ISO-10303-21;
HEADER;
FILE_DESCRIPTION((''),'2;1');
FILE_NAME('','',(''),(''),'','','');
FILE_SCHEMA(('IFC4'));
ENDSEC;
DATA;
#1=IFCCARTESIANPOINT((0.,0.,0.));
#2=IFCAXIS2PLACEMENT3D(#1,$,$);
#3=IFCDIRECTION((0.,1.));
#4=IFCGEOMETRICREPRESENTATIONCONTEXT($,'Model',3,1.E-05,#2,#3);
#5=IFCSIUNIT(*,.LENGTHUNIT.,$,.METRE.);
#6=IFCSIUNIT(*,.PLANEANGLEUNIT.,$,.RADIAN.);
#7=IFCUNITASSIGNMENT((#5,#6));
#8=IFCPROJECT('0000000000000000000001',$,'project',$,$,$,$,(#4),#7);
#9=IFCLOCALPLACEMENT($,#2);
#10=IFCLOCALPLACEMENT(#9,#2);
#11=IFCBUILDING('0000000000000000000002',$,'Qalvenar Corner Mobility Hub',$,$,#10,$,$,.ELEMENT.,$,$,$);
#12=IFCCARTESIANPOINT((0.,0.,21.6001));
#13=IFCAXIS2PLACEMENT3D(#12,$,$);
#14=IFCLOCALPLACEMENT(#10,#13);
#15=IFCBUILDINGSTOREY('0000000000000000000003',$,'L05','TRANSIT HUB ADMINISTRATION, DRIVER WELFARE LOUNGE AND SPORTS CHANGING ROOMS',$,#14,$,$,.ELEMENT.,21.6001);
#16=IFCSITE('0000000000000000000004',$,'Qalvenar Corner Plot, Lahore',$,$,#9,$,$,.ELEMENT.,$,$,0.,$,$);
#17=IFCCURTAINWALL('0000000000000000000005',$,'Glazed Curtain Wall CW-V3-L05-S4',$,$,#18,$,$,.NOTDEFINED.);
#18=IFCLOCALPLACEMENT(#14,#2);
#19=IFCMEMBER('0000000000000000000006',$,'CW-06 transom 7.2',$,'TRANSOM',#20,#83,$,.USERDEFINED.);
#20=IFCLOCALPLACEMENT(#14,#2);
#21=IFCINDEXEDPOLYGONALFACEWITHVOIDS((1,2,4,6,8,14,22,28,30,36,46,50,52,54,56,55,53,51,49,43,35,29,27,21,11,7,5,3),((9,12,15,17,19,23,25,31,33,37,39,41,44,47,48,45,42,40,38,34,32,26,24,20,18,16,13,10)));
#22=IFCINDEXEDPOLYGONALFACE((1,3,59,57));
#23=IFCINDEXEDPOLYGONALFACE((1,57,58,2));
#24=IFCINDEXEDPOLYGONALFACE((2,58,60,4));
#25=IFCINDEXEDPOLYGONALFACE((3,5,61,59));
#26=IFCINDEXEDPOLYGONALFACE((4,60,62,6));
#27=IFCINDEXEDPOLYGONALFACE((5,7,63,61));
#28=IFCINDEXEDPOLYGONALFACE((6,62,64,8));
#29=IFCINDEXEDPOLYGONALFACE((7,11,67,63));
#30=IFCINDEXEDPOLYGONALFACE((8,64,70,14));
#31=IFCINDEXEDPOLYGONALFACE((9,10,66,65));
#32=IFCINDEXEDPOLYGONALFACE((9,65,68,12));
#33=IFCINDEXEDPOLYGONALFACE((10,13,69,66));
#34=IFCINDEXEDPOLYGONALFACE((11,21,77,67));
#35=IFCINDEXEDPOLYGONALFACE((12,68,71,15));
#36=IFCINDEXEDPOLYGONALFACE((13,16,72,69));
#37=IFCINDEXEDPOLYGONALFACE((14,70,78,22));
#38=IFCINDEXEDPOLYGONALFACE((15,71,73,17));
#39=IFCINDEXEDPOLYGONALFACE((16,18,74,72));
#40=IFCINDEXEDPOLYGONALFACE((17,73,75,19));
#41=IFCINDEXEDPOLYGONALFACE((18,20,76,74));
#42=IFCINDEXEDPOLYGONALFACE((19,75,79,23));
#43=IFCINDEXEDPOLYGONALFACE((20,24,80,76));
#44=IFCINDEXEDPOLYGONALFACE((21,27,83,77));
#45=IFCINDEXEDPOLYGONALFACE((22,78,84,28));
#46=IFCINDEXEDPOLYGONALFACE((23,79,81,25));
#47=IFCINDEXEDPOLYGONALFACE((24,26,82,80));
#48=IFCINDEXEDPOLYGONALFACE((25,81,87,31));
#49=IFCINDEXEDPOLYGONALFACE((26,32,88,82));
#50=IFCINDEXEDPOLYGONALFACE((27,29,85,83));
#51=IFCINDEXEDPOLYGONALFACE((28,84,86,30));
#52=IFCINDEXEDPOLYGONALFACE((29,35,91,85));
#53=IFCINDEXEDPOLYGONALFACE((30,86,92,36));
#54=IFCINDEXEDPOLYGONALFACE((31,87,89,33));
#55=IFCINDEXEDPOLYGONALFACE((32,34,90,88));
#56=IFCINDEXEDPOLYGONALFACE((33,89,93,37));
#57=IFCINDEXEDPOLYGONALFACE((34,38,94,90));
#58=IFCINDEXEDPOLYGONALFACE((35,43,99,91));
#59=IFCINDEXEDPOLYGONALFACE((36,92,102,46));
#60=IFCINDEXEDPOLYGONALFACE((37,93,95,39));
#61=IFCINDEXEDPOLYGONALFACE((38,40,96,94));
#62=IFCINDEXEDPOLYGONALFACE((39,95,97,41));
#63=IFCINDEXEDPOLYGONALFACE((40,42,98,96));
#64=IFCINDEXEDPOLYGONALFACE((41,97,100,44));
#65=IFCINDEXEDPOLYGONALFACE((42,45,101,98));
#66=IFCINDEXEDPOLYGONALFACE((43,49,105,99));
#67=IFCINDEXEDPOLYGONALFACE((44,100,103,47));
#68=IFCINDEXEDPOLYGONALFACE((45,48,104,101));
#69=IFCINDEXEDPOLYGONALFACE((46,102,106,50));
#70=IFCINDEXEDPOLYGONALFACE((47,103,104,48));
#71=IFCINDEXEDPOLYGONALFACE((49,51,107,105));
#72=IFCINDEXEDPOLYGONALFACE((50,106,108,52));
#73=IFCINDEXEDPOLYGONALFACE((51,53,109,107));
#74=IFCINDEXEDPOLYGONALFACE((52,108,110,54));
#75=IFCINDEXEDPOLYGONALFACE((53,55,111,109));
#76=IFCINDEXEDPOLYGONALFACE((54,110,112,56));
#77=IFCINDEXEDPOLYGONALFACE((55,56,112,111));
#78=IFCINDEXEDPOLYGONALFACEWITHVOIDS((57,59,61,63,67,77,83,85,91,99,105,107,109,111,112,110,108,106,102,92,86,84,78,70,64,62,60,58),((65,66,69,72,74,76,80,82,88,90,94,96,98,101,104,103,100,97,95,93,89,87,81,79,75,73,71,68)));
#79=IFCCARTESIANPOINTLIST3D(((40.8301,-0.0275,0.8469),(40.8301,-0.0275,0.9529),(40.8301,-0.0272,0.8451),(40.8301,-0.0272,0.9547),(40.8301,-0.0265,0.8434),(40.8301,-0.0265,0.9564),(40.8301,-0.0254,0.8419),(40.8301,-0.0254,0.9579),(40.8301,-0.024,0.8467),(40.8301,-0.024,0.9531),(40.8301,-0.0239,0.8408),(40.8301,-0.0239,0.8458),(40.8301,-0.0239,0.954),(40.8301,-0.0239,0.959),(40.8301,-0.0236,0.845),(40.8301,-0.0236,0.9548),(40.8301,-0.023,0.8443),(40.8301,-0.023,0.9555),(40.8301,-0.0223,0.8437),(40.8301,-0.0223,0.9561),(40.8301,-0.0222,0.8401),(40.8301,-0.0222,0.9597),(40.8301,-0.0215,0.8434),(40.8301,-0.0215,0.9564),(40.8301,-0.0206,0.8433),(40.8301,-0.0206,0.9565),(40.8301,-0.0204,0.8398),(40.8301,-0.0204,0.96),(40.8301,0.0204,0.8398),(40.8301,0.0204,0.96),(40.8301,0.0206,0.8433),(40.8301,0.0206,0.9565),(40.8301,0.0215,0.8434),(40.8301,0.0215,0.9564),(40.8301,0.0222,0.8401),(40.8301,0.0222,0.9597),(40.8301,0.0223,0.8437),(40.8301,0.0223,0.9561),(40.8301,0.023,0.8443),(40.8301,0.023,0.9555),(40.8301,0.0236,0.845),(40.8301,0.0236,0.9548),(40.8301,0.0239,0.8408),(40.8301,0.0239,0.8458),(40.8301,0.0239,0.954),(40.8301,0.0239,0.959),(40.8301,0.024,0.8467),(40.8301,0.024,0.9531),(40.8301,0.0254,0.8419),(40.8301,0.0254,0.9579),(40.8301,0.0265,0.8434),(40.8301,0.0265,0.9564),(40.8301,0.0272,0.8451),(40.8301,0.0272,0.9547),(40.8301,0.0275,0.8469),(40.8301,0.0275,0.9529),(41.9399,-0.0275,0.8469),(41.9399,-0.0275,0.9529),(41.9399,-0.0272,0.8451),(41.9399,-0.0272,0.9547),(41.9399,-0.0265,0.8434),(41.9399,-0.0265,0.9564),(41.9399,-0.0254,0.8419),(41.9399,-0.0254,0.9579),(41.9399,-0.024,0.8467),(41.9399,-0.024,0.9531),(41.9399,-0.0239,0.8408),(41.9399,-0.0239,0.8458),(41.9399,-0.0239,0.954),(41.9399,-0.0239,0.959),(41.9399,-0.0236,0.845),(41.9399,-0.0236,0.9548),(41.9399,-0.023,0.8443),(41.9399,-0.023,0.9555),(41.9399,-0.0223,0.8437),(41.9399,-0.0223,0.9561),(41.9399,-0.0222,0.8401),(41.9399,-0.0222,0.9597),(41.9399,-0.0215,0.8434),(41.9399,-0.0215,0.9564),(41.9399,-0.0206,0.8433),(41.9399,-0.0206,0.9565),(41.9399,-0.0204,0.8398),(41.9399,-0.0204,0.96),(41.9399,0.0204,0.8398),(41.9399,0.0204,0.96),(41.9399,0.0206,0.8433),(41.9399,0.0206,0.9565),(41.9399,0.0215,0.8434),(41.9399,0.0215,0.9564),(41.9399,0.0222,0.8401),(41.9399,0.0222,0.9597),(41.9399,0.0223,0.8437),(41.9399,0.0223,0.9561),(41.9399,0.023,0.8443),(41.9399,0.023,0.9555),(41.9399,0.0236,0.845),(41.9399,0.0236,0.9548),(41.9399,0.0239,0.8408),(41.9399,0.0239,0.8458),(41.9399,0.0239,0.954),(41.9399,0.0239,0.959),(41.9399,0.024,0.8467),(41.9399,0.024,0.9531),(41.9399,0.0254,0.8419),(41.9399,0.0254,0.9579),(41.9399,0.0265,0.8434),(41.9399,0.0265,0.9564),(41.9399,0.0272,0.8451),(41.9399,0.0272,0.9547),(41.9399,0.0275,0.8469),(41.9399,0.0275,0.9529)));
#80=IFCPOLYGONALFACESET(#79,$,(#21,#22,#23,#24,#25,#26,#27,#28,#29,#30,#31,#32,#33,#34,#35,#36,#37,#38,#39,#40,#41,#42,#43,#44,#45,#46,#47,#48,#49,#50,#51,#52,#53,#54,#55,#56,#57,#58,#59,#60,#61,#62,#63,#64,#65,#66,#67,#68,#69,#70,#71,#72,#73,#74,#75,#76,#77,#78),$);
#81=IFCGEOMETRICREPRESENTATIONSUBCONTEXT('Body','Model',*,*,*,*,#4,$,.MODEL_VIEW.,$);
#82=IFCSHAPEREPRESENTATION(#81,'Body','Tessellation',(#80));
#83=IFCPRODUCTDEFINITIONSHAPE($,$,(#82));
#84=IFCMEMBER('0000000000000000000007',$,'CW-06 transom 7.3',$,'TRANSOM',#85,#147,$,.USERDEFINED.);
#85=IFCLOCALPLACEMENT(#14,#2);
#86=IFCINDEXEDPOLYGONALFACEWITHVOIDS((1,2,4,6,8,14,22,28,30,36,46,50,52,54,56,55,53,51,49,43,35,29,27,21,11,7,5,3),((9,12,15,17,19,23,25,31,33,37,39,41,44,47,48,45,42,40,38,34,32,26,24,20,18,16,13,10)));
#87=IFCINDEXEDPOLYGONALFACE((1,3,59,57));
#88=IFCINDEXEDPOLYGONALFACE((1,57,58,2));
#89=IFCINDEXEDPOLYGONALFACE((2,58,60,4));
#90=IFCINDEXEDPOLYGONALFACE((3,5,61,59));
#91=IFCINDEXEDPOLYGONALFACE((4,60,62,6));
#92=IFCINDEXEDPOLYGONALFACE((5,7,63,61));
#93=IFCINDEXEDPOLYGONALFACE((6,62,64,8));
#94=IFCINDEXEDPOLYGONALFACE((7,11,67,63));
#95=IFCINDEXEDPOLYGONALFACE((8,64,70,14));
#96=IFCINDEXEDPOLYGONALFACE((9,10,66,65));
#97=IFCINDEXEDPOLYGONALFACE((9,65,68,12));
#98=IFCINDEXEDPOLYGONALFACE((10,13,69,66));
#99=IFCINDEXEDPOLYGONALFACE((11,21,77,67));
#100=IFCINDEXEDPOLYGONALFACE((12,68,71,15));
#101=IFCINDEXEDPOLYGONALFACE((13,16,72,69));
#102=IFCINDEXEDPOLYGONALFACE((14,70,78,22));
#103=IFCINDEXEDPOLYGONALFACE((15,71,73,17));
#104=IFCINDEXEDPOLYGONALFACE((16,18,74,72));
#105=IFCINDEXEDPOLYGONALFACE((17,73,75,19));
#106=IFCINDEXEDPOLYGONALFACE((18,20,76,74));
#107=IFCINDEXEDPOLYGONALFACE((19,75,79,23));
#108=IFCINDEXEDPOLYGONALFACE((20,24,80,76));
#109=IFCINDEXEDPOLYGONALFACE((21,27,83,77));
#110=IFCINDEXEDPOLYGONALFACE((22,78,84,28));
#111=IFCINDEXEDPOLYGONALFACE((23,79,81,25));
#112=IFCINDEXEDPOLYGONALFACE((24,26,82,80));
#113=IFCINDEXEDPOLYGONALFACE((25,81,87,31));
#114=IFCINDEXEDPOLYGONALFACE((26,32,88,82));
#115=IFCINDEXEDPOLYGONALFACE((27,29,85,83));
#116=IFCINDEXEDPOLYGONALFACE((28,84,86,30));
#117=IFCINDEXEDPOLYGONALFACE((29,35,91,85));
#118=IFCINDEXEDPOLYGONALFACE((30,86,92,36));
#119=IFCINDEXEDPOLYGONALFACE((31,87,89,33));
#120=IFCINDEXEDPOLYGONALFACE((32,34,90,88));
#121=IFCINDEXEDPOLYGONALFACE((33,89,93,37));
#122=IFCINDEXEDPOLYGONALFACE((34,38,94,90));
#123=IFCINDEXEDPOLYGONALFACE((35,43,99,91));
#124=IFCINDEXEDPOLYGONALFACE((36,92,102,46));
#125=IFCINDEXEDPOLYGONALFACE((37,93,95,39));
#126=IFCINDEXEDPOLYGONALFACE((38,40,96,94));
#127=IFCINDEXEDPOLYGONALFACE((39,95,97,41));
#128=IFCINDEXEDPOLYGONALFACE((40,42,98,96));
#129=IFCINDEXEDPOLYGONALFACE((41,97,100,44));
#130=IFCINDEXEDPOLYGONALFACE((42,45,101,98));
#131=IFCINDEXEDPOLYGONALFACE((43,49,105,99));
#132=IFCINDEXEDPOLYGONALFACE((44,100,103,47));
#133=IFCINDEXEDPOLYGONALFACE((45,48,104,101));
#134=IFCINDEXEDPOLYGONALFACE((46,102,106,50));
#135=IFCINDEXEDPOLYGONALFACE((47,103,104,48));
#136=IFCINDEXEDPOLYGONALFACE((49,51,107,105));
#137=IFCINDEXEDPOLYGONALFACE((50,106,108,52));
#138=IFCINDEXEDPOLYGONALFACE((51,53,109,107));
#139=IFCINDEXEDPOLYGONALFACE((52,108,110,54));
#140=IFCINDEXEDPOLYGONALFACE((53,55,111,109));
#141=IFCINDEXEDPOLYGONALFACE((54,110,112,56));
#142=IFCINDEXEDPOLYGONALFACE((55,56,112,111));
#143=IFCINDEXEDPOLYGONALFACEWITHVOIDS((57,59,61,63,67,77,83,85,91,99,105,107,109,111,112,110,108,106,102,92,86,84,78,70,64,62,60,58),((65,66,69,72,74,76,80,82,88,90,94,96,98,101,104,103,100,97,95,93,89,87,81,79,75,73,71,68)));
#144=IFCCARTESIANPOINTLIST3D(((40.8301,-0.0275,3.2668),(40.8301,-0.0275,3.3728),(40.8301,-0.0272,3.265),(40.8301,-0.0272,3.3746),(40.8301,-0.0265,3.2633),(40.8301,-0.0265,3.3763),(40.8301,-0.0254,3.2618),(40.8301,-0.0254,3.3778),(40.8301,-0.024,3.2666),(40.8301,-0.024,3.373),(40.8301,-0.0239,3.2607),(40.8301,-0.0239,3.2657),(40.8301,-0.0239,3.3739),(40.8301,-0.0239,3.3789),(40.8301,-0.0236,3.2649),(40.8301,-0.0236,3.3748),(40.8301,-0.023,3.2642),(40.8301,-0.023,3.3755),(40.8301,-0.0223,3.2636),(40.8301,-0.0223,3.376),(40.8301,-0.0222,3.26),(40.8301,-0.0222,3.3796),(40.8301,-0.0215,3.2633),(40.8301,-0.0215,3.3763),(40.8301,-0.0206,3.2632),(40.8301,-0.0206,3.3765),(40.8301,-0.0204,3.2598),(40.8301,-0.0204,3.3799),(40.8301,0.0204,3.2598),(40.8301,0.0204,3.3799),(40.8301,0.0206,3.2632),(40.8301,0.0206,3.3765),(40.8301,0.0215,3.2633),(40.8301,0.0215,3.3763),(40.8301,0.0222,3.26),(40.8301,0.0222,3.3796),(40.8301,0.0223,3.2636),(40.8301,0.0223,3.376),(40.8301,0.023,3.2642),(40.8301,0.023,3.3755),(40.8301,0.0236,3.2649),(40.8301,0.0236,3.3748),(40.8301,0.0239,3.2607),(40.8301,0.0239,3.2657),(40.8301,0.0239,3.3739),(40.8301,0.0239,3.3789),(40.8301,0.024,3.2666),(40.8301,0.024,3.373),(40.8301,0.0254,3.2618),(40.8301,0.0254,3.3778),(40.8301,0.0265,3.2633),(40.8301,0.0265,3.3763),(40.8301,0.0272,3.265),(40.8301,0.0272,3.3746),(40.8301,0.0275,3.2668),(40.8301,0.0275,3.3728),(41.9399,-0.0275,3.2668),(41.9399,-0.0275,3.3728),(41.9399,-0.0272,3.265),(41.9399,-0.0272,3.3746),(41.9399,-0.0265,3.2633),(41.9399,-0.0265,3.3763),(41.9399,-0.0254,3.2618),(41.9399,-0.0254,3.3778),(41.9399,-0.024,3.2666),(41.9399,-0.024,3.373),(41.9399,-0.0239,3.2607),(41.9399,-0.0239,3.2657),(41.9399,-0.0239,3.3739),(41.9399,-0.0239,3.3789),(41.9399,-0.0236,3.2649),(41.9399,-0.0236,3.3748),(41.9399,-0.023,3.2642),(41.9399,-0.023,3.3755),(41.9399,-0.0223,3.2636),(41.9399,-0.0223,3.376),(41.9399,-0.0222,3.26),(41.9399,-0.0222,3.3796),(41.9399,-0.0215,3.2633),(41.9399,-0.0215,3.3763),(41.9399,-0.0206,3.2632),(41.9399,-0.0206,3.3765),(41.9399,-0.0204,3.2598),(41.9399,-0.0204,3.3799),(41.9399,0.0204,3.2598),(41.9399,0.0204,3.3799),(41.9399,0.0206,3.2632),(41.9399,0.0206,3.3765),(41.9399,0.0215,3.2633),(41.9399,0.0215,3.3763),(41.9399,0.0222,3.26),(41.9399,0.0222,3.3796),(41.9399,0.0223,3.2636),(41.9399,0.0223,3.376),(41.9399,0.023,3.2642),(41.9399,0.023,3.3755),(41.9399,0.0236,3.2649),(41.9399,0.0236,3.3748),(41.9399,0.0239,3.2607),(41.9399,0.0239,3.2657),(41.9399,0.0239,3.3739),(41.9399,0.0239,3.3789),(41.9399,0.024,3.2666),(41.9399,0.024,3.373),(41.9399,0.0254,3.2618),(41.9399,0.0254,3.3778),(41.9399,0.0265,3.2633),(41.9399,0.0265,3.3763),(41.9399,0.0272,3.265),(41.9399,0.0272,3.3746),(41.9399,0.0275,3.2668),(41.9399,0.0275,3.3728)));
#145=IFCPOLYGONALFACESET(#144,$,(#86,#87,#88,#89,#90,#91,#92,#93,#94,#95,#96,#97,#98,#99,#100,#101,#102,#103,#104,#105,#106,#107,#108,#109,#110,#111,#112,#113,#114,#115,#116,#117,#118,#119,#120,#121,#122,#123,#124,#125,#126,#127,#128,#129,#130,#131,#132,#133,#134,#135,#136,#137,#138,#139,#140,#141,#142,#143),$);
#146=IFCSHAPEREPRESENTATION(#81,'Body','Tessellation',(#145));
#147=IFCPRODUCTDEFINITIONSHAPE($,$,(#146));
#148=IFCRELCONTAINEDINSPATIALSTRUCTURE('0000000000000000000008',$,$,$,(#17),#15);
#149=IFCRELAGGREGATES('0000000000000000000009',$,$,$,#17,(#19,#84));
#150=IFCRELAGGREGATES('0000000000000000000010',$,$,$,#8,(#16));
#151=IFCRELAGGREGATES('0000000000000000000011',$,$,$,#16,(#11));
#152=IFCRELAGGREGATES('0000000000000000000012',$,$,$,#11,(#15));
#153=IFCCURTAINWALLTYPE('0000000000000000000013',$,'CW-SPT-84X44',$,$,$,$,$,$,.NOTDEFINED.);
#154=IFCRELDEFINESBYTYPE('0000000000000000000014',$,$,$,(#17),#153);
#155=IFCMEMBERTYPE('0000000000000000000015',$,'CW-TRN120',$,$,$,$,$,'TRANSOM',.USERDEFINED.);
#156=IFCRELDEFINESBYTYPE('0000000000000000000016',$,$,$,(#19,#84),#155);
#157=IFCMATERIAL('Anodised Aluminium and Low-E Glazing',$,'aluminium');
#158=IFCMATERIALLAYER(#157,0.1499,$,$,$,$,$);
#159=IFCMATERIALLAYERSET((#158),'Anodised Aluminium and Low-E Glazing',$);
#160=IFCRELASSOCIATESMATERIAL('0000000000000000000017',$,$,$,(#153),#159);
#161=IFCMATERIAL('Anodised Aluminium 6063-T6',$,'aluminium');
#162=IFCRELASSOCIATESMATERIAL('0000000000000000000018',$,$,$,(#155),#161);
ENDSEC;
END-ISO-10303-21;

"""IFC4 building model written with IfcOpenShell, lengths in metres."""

from ifc_helpers import new_model, si_unit, direction, frame, origin, origin_2d, place, context, subcontext, project, spatial, hollow_rectangle, extrude, material, layer, layer_set, material_profile, profile_set, type_object, element, aggregate, save


model = new_model("IFC4")

# Units and contexts
model_context = context("Model", 3, precision=1e-05, world=origin(), true_north=direction((0.0, 1.0)))
body_context = subcontext(model_context, "Body", "Model", "MODEL_VIEW")
ifc_project = project(units=[si_unit("LENGTHUNIT", "METRE"), si_unit("PLANEANGLEUNIT", "RADIAN")], contexts=[model_context])

# Site, building, storey
site_placement = place(None, origin())
site = spatial("IfcSite", under=ifc_project, at=site_placement, Name="Qalvenar Corner Plot, Lahore", CompositionType="ELEMENT", RefElevation=0.0)
building_placement = place(site_placement, origin())
building = spatial("IfcBuilding", under=site, at=building_placement, Name="Qalvenar Corner Mobility Hub", CompositionType="ELEMENT")
storey_placement = place(building_placement, frame((0.0, 0.0, 21.6001)))
storey = spatial("IfcBuildingStorey", under=building, at=storey_placement, Name="L05", Description="TRANSIT HUB ADMINISTRATION, DRIVER WELFARE LOUNGE AND SPORTS CHANGING ROOMS", CompositionType="ELEMENT", Elevation=21.6001)

# Curtain wall, members
ifc_material_1 = material(Name="Anodised Aluminium and Low-E Glazing", Category="aluminium")
ifc_layer_1 = layer(ifc_material_1, 0.1499)
ifc_layer_set_1 = layer_set([ifc_layer_1], Name="Anodised Aluminium and Low-E Glazing")
curtain_wall_type = type_object("IfcCurtainWallType", Name="CW-SPT-84X44", PredefinedType="NOTDEFINED", material=ifc_layer_set_1)
curtain_wall_placement = place(storey_placement, origin())
curtain_wall = element("IfcCurtainWall", 1, at=curtain_wall_placement, inside=storey, type_object=curtain_wall_type, Name="Glazed Curtain Wall CW-V3-L05-S4", PredefinedType="NOTDEFINED")
ifc_material_2 = material(Name="Anodised Aluminium 6063-T6", Category="aluminium")
ifc_material_profile_1 = material_profile(ifc_material_2, hollow_rectangle(XDim=0.0549, YDim=0.1201, WallThickness=0.0034, InnerFilletRadius=0.0034, OuterFilletRadius=0.0071, at=origin_2d()), Name="RHS120x55x3.5")
ifc_profile_set_1 = profile_set([ifc_material_profile_1], Name="Anodised Aluminium 6063-T6")
member_type_1 = type_object("IfcMemberType", Name="CW-TRN120", ElementType="TRANSOM", PredefinedType="USERDEFINED", material=ifc_profile_set_1)
member_1_placement = place(storey_placement, frame((40.8301, 0.0, 0.8999), z_axis=(1.0, 0.0, 0.0), x_axis=(0.0, 1.0, 0.0)))
member_1 = element("IfcMember", 2, at=member_1_placement, type_object=member_type_1, Name="CW-06 transom 7.2", ObjectType="TRANSOM", PredefinedType="USERDEFINED", context=body_context, shape_type="SweptSolid", body=[
    extrude(hollow_rectangle(XDim=0.0549, YDim=0.1201, WallThickness=0.0034, InnerFilletRadius=0.0034, OuterFilletRadius=0.0071, at=origin_2d()), origin(), (0.0, 0.0, 1.0), 1.1099),
])
member_2_placement = place(storey_placement, frame((40.8301, 0.0, 3.3198), z_axis=(1.0, 0.0, 0.0), x_axis=(0.0, 1.0, 0.0)))
member_2 = element("IfcMember", 3, at=member_2_placement, type_object=member_type_1, Name="CW-06 transom 7.3", ObjectType="TRANSOM", PredefinedType="USERDEFINED", context=body_context, shape_type="SweptSolid", body=[
    extrude(hollow_rectangle(XDim=0.0549, YDim=0.1201, WallThickness=0.0034, InnerFilletRadius=0.0034, OuterFilletRadius=0.0071, at=origin_2d()), origin(), (0.0, 0.0, 1.0), 1.1099),
])
aggregate(curtain_wall, [member_1, member_2])

save(model, "model.ifc")
